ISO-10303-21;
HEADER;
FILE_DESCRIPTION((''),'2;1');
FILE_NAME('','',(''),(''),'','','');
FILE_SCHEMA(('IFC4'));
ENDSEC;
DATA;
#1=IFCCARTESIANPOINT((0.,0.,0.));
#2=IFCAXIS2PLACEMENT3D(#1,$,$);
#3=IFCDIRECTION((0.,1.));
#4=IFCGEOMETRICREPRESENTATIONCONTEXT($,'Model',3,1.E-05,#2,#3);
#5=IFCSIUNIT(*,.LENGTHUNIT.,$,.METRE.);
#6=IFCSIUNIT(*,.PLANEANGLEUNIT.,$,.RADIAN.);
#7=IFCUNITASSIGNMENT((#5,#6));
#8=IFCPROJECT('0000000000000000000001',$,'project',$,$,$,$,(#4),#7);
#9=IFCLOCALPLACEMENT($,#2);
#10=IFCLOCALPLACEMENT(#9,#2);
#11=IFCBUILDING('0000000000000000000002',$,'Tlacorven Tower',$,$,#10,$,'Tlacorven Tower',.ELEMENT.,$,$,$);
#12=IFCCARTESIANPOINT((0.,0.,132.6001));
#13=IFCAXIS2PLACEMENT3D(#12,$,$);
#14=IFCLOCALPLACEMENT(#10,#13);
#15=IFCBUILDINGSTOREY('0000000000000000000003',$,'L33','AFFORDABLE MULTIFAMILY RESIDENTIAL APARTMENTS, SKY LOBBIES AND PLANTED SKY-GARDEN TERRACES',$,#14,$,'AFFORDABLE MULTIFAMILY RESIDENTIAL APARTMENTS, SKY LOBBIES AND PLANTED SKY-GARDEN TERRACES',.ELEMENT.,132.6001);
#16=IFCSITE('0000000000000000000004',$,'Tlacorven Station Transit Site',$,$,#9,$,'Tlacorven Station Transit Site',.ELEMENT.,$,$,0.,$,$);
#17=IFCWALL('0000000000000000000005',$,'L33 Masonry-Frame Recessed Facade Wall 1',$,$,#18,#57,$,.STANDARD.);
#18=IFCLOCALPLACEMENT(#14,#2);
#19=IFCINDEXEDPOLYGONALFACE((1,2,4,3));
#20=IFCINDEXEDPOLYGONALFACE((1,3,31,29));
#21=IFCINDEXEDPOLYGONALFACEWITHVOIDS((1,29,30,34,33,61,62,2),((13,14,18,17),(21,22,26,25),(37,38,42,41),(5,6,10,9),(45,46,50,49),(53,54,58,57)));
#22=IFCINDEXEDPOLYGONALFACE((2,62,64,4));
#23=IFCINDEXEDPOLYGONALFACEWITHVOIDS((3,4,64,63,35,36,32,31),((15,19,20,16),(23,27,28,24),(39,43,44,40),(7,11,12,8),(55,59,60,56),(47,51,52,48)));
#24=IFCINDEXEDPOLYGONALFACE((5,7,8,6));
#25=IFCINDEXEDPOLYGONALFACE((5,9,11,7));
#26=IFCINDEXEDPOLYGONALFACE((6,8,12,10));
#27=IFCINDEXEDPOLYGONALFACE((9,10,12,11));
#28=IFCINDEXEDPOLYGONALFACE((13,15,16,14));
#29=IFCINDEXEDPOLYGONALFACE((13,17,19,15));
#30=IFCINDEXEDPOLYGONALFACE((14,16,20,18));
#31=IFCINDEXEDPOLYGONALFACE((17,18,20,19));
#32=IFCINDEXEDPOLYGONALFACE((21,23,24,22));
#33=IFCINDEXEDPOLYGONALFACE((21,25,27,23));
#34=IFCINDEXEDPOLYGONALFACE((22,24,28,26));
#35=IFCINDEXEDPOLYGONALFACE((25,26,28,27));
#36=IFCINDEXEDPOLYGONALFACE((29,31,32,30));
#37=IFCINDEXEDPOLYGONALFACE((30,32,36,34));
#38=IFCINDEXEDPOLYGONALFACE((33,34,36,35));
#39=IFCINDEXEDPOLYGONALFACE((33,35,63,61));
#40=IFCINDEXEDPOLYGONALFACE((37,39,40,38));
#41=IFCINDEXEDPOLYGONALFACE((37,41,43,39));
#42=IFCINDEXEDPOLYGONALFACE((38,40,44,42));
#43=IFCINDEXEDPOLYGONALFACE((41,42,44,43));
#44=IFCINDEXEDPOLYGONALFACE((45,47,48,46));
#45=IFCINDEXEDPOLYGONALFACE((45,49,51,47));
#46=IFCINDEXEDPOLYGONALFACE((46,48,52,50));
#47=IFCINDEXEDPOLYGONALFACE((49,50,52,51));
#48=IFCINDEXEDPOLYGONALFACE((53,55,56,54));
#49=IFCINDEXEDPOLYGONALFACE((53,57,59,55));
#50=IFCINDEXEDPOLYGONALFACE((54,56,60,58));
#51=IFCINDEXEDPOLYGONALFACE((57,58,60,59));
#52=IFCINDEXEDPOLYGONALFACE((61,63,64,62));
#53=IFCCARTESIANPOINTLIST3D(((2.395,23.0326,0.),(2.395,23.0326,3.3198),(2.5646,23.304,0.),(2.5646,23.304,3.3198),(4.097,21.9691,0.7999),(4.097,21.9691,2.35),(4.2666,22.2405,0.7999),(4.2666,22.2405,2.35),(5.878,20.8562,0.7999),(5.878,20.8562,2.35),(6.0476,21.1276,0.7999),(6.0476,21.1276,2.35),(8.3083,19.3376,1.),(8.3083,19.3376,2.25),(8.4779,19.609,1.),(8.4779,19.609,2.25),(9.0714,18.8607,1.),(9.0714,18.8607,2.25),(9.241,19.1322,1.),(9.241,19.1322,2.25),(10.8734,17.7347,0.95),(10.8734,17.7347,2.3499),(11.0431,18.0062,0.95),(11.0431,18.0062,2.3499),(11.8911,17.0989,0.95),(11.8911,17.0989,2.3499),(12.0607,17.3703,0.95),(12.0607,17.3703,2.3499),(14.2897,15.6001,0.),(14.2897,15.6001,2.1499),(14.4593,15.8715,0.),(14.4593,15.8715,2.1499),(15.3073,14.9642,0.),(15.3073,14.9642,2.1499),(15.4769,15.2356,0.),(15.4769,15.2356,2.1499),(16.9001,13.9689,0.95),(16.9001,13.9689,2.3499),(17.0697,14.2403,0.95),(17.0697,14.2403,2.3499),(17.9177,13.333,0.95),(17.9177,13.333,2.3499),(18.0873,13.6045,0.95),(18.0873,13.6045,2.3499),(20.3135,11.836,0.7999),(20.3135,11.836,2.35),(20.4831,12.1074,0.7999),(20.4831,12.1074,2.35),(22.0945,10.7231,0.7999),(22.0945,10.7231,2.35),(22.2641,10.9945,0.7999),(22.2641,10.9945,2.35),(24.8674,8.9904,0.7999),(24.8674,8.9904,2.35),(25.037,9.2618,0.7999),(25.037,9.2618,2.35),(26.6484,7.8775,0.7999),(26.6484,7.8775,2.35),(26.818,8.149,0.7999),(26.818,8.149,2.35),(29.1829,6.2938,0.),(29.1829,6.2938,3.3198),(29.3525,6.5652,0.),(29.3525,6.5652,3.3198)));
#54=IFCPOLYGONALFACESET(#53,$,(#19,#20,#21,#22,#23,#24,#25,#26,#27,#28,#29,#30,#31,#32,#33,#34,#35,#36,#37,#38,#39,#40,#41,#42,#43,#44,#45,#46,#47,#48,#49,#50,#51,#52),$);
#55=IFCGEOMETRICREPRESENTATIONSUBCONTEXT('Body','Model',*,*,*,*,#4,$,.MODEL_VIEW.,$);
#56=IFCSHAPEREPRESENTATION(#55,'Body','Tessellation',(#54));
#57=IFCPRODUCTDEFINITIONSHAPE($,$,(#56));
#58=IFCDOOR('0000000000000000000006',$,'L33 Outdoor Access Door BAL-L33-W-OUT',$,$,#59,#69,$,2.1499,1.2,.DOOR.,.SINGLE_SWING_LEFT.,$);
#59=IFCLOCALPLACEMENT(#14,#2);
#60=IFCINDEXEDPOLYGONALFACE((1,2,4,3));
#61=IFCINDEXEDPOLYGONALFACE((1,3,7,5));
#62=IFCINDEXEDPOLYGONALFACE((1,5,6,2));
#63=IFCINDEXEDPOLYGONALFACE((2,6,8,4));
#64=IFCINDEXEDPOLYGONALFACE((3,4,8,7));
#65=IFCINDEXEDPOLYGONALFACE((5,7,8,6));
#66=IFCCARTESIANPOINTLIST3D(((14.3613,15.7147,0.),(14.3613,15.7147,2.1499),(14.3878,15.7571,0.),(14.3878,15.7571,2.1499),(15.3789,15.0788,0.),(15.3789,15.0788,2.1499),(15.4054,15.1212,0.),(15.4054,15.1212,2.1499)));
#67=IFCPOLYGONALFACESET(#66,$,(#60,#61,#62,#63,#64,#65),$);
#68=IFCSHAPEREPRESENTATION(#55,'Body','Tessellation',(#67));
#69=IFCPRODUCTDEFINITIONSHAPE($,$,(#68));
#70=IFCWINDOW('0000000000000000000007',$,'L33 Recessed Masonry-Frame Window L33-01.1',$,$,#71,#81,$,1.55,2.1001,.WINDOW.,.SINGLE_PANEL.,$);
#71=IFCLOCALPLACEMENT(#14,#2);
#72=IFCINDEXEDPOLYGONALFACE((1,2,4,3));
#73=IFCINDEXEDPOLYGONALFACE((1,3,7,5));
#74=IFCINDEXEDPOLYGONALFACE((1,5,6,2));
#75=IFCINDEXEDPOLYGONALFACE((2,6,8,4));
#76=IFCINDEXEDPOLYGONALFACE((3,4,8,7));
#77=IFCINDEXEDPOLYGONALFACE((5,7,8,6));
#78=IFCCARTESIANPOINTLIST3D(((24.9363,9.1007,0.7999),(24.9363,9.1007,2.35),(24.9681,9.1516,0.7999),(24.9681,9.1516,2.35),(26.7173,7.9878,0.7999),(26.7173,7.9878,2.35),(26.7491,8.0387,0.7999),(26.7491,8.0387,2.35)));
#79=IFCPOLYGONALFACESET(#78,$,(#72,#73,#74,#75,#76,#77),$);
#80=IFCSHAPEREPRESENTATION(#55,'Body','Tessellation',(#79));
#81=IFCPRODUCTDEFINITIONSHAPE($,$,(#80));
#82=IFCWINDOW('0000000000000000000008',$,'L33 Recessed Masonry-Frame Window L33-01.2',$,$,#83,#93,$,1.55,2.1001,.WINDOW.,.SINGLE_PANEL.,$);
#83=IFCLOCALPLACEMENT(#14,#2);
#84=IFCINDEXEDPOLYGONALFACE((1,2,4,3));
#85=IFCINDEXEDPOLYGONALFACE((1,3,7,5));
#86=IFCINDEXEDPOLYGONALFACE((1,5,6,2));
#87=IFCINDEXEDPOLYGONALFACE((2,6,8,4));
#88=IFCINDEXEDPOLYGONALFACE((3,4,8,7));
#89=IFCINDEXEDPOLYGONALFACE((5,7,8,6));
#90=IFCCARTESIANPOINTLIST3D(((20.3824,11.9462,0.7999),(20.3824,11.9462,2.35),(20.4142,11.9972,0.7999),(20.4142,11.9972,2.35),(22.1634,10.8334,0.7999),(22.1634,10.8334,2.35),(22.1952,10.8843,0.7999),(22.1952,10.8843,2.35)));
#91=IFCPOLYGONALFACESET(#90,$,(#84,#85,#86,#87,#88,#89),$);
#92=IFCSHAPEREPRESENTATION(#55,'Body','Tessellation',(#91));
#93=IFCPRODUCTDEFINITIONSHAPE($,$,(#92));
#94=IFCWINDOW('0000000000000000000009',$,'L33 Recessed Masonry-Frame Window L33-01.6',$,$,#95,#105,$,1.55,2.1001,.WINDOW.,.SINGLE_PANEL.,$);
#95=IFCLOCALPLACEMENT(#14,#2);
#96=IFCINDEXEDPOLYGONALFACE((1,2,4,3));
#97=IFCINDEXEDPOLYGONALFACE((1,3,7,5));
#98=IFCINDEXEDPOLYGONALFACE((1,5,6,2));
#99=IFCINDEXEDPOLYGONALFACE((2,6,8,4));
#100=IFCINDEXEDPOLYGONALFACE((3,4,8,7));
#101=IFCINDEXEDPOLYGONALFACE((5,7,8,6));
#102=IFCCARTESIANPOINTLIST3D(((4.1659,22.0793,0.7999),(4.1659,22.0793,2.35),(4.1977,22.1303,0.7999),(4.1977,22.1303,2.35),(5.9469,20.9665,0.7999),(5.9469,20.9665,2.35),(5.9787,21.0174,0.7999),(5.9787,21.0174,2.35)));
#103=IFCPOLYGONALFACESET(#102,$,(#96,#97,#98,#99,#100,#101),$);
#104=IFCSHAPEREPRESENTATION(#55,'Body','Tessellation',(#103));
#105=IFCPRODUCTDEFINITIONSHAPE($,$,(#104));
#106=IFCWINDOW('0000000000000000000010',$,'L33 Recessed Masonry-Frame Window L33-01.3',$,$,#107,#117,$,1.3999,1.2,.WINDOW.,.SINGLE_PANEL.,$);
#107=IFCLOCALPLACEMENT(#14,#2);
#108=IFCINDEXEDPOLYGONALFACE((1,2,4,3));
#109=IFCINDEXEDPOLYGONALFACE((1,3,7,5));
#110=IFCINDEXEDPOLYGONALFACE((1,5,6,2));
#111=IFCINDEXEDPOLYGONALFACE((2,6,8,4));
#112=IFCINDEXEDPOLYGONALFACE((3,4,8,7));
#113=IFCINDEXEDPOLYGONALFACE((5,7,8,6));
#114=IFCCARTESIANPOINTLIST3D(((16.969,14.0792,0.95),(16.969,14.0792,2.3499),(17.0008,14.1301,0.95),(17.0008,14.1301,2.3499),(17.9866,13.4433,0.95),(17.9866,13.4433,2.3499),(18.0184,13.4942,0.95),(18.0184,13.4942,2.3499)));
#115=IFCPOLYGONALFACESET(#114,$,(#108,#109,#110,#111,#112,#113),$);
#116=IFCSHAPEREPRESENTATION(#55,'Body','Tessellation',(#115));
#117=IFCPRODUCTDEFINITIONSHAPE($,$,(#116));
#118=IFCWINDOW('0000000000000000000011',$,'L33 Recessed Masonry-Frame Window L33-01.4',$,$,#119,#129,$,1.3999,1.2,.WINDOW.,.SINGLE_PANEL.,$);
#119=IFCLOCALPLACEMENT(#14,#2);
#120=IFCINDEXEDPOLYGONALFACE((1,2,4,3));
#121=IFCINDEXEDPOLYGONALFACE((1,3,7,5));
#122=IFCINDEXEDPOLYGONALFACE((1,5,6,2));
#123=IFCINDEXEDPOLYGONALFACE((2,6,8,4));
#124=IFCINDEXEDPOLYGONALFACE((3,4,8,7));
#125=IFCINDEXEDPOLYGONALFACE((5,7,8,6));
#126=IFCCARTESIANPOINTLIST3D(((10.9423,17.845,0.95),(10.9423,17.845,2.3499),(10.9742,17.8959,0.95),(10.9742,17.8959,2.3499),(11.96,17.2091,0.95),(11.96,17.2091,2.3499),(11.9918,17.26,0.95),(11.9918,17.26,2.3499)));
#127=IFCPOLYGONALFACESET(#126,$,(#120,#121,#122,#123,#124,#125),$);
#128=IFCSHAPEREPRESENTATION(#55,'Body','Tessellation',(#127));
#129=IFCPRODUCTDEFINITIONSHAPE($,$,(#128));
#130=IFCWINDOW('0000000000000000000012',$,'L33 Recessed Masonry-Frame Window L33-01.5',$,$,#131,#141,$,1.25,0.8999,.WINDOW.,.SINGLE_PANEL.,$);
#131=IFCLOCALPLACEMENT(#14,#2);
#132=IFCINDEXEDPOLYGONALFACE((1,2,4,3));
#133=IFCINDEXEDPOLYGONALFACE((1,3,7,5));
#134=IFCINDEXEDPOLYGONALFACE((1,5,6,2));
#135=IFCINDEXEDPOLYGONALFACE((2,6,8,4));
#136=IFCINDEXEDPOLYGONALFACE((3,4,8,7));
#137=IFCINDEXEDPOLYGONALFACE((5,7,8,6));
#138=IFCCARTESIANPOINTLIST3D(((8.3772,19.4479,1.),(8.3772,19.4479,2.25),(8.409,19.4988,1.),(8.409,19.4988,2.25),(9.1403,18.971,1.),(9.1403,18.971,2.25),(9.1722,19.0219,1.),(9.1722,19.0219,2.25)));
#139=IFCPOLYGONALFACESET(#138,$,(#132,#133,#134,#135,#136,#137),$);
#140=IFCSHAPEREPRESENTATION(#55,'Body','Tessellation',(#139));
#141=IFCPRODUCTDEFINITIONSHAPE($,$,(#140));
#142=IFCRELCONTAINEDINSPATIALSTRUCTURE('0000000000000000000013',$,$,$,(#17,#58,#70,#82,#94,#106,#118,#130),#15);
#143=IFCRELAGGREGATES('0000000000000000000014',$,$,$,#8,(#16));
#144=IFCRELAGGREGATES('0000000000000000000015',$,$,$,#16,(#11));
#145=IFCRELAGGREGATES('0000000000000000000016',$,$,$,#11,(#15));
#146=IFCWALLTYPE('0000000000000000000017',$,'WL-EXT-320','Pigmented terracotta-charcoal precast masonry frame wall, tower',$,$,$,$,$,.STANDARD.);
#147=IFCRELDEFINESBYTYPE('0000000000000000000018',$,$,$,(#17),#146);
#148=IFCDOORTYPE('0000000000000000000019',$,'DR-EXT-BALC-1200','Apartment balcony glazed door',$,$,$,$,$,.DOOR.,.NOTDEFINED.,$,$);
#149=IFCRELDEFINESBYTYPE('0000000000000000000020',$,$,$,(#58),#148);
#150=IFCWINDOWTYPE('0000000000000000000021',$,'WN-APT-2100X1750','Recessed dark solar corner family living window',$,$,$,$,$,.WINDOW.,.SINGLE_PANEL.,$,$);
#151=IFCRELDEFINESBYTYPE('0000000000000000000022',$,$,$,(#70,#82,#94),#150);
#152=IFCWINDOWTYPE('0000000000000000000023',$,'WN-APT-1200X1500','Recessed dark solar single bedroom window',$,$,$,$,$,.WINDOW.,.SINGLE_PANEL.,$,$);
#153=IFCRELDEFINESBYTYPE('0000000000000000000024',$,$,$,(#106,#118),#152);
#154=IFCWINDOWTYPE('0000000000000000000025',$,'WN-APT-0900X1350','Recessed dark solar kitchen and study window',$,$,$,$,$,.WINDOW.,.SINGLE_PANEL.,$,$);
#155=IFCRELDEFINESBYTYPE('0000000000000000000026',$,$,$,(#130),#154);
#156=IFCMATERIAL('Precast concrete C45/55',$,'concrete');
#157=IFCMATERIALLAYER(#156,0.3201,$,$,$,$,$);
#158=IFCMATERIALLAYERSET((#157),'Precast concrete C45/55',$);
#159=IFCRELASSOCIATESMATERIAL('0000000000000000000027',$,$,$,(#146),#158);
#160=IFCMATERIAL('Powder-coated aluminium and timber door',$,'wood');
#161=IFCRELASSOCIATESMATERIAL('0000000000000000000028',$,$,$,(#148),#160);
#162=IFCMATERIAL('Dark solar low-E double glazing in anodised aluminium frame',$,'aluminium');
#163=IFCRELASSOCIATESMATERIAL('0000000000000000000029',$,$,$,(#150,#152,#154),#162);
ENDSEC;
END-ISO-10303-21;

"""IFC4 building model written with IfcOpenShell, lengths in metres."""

from ifc_helpers import new_model, si_unit, direction, frame, frame_2d, origin, place, context, subcontext, project, spatial, rectangle, extrude, source, transform, mapped, material, layer, layer_set, type_object, element, fill, save


model = new_model("IFC4")

# Units and contexts
model_context = context("Model", 3, precision=1e-05, world=origin(), true_north=direction((0.0, 1.0)))
body_context = subcontext(model_context, "Body", "Model", "MODEL_VIEW")
ifc_project = project(units=[si_unit("LENGTHUNIT", "METRE"), si_unit("PLANEANGLEUNIT", "RADIAN")], contexts=[model_context])

# Site, building, storey
site_placement = place(None, origin())
site = spatial("IfcSite", under=ifc_project, at=site_placement, Name="Tlacorven Station Transit Site", LongName="Tlacorven Station Transit Site", CompositionType="ELEMENT", RefElevation=0.0)
building_placement = place(site_placement, origin())
building = spatial("IfcBuilding", under=site, at=building_placement, Name="Tlacorven Tower", LongName="Tlacorven Tower", CompositionType="ELEMENT")
storey_placement = place(building_placement, frame((0.0, 0.0, 132.6001)))
storey = spatial("IfcBuildingStorey", under=building, at=storey_placement, Name="L33", Description="AFFORDABLE MULTIFAMILY RESIDENTIAL APARTMENTS, SKY LOBBIES AND PLANTED SKY-GARDEN TERRACES", LongName="AFFORDABLE MULTIFAMILY RESIDENTIAL APARTMENTS, SKY LOBBIES AND PLANTED SKY-GARDEN TERRACES", CompositionType="ELEMENT", Elevation=132.6001)

# Wall, openings, door, windows
ifc_material_1 = material(Name="Precast concrete C45/55", Category="concrete")
ifc_layer_1 = layer(ifc_material_1, 0.3201)
ifc_layer_set_1 = layer_set([ifc_layer_1], Name="Precast concrete C45/55")
wall_type_1 = type_object("IfcWallType", Name="WL-EXT-320", Description="Pigmented terracotta-charcoal precast masonry frame wall, tower", PredefinedType="STANDARD", material=ifc_layer_set_1)
wall_1_placement = place(storey_placement, frame((29.2678, 6.4294, 0.0), z_axis=(0.0, 0.0, 1.0), x_axis=(-0.84805, 0.529916, 0.0)))
wall_1 = element("IfcWall", 1, at=wall_1_placement, inside=storey, type_object=wall_type_1, Name="L33 Masonry-Frame Recessed Facade Wall 1", PredefinedType="STANDARD", context=body_context, shape_type="SweptSolid", body=[
    extrude(rectangle(XDim=31.5876, YDim=0.3201, at=frame_2d((15.7939, 0.0))), origin(), (0.0, 0.0, 1.0), 3.3198),
])
opening_1_placement = place(wall_1_placement, frame((16.3618, 0.0, 0.0)))
opening_1 = element("IfcOpeningElement", 2, at=opening_1_placement, cuts=wall_1, PredefinedType="OPENING", context=body_context, shape_type="SweptSolid", body=[
    extrude(rectangle(XDim=1.2, YDim=2.1499, at=frame_2d((0.6001, 1.075))), frame((0.0, 0.1699, 0.0), z_axis=(0.0, -1.0, 0.0), x_axis=(1.0, 0.0, 0.0)), (0.0, 0.0, 1.0), 0.3401),
])
opening_2_placement = place(wall_1_placement, frame((2.9888, 0.0, 0.8)))
opening_2 = element("IfcOpeningElement", 3, at=opening_2_placement, cuts=wall_1, PredefinedType="OPENING", context=body_context, shape_type="SweptSolid", body=[
    extrude(rectangle(XDim=2.1001, YDim=1.55, at=frame_2d((1.05, 0.7749))), frame((0.0, 0.1699, 0.0), z_axis=(0.0, -1.0, 0.0), x_axis=(1.0, 0.0, 0.0)), (0.0, 0.0, 1.0), 0.3401),
])
opening_3_placement = place(wall_1_placement, frame((8.3586, 0.0, 0.8)))
opening_3 = element("IfcOpeningElement", 4, at=opening_3_placement, cuts=wall_1, PredefinedType="OPENING", context=body_context, shape_type="SweptSolid", body=[
    extrude(rectangle(XDim=2.1001, YDim=1.55, at=frame_2d((1.05, 0.7749))), frame((0.0, 0.1699, 0.0), z_axis=(0.0, -1.0, 0.0), x_axis=(1.0, 0.0, 0.0)), (0.0, 0.0, 1.0), 0.3401),
])
opening_4_placement = place(wall_1_placement, frame((13.2837, 0.0, 0.95)))
opening_4 = element("IfcOpeningElement", 5, at=opening_4_placement, cuts=wall_1, PredefinedType="OPENING", context=body_context, shape_type="SweptSolid", body=[
    extrude(rectangle(XDim=1.2, YDim=1.3999, at=frame_2d((0.6001, 0.7))), frame((0.0, 0.1699, 0.0), z_axis=(0.0, -1.0, 0.0), x_axis=(1.0, 0.0, 0.0)), (0.0, 0.0, 1.0), 0.3401),
])
opening_5_placement = place(wall_1_placement, frame((20.3901, 0.0, 0.95)))
opening_5 = element("IfcOpeningElement", 6, at=opening_5_placement, cuts=wall_1, PredefinedType="OPENING", context=body_context, shape_type="SweptSolid", body=[
    extrude(rectangle(XDim=1.2, YDim=1.3999, at=frame_2d((0.6001, 0.7))), frame((0.0, 0.1699, 0.0), z_axis=(0.0, -1.0, 0.0), x_axis=(1.0, 0.0, 0.0)), (0.0, 0.0, 1.0), 0.3401),
])
opening_6_placement = place(wall_1_placement, frame((23.7151, 0.0, 1.0)))
opening_6 = element("IfcOpeningElement", 7, at=opening_6_placement, cuts=wall_1, PredefinedType="OPENING", context=body_context, shape_type="SweptSolid", body=[
    extrude(rectangle(XDim=0.8999, YDim=1.25, at=frame_2d((0.45, 0.625))), frame((0.0, 0.1699, 0.0), z_axis=(0.0, -1.0, 0.0), x_axis=(1.0, 0.0, 0.0)), (0.0, 0.0, 1.0), 0.3401),
])
opening_7_placement = place(wall_1_placement, frame((27.4807, 0.0, 0.8)))
opening_7 = element("IfcOpeningElement", 8, at=opening_7_placement, cuts=wall_1, PredefinedType="OPENING", context=body_context, shape_type="SweptSolid", body=[
    extrude(rectangle(XDim=2.1001, YDim=1.55, at=frame_2d((1.05, 0.7749))), frame((0.0, 0.1699, 0.0), z_axis=(0.0, -1.0, 0.0), x_axis=(1.0, 0.0, 0.0)), (0.0, 0.0, 1.0), 0.3401),
])
ifc_material_2 = material(Name="Powder-coated aluminium and timber door", Category="wood")
door_type_1 = type_object("IfcDoorType", Name="DR-EXT-BALC-1200", Description="Apartment balcony glazed door", OperationType="NOTDEFINED", PredefinedType="DOOR", material=ifc_material_2)
shared_shape_1 = source(origin(), body_context, "Body", "SweptSolid", [
    extrude(rectangle(XDim=1.2, YDim=2.1499, at=frame_2d((0.6001, 1.075))), frame((0.0, 0.0249, 0.0), z_axis=(0.0, -1.0, 0.0), x_axis=(1.0, 0.0, 0.0)), (0.0, 0.0, 1.0), 0.05),
])
door_1_placement = place(opening_1_placement, origin())
door_1 = element("IfcDoor", 9, at=door_1_placement, inside=storey, type_object=door_type_1, Name="L33 Outdoor Access Door BAL-L33-W-OUT", OperationType="SINGLE_SWING_LEFT", OverallHeight=2.1499, OverallWidth=1.2, PredefinedType="DOOR", context=body_context, shape_type="MappedRepresentation", body=[
    mapped(shared_shape_1, transform((0.0, 0.0, 0.0), scale=1.0)),
])
fill(opening_1, door_1)
ifc_material_3 = material(Name="Dark solar low-E double glazing in anodised aluminium frame", Category="aluminium")
window_type_1 = type_object("IfcWindowType", Name="WN-APT-2100X1750", Description="Recessed dark solar corner family living window", PartitioningType="SINGLE_PANEL", PredefinedType="WINDOW", material=ifc_material_3)
shared_shape_2 = source(origin(), body_context, "Body", "SweptSolid", [
    extrude(rectangle(XDim=2.1001, YDim=1.55, at=frame_2d((1.05, 0.7749))), frame((0.0, 0.03, 0.0), z_axis=(0.0, -1.0, 0.0), x_axis=(1.0, 0.0, 0.0)), (0.0, 0.0, 1.0), 0.0601),
])
window_1_placement = place(opening_2_placement, origin())
window_1 = element("IfcWindow", 10, at=window_1_placement, inside=storey, type_object=window_type_1, Name="L33 Recessed Masonry-Frame Window L33-01.1", OverallHeight=1.55, OverallWidth=2.1001, PartitioningType="SINGLE_PANEL", PredefinedType="WINDOW", context=body_context, shape_type="MappedRepresentation", body=[
    mapped(shared_shape_2, transform((0.0, 0.0, 0.0), scale=1.0)),
])
fill(opening_2, window_1)
window_2_placement = place(opening_3_placement, origin())
window_2 = element("IfcWindow", 11, at=window_2_placement, inside=storey, type_object=window_type_1, Name="L33 Recessed Masonry-Frame Window L33-01.2", OverallHeight=1.55, OverallWidth=2.1001, PartitioningType="SINGLE_PANEL", PredefinedType="WINDOW", context=body_context, shape_type="MappedRepresentation", body=[
    mapped(shared_shape_2, transform((0.0, 0.0, 0.0), scale=1.0)),
])
fill(opening_3, window_2)
window_3_placement = place(opening_7_placement, origin())
window_3 = element("IfcWindow", 12, at=window_3_placement, inside=storey, type_object=window_type_1, Name="L33 Recessed Masonry-Frame Window L33-01.6", OverallHeight=1.55, OverallWidth=2.1001, PartitioningType="SINGLE_PANEL", PredefinedType="WINDOW", context=body_context, shape_type="MappedRepresentation", body=[
    mapped(shared_shape_2, transform((0.0, 0.0, 0.0), scale=1.0)),
])
fill(opening_7, window_3)
window_type_2 = type_object("IfcWindowType", Name="WN-APT-1200X1500", Description="Recessed dark solar single bedroom window", PartitioningType="SINGLE_PANEL", PredefinedType="WINDOW", material=ifc_material_3)
shared_shape_3 = source(origin(), body_context, "Body", "SweptSolid", [
    extrude(rectangle(XDim=1.2, YDim=1.3999, at=frame_2d((0.6001, 0.7))), frame((0.0, 0.03, 0.0), z_axis=(0.0, -1.0, 0.0), x_axis=(1.0, 0.0, 0.0)), (0.0, 0.0, 1.0), 0.0601),
])
window_4_placement = place(opening_4_placement, origin())
window_4 = element("IfcWindow", 13, at=window_4_placement, inside=storey, type_object=window_type_2, Name="L33 Recessed Masonry-Frame Window L33-01.3", OverallHeight=1.3999, OverallWidth=1.2, PartitioningType="SINGLE_PANEL", PredefinedType="WINDOW", context=body_context, shape_type="MappedRepresentation", body=[
    mapped(shared_shape_3, transform((0.0, 0.0, 0.0), scale=1.0)),
])
fill(opening_4, window_4)
window_5_placement = place(opening_5_placement, origin())
window_5 = element("IfcWindow", 14, at=window_5_placement, inside=storey, type_object=window_type_2, Name="L33 Recessed Masonry-Frame Window L33-01.4", OverallHeight=1.3999, OverallWidth=1.2, PartitioningType="SINGLE_PANEL", PredefinedType="WINDOW", context=body_context, shape_type="MappedRepresentation", body=[
    mapped(shared_shape_3, transform((0.0, 0.0, 0.0), scale=1.0)),
])
fill(opening_5, window_5)
window_type_3 = type_object("IfcWindowType", Name="WN-APT-0900X1350", Description="Recessed dark solar kitchen and study window", PartitioningType="SINGLE_PANEL", PredefinedType="WINDOW", material=ifc_material_3)
shared_shape_4 = source(origin(), body_context, "Body", "SweptSolid", [
    extrude(rectangle(XDim=0.8999, YDim=1.25, at=frame_2d((0.45, 0.625))), frame((0.0, 0.03, 0.0), z_axis=(0.0, -1.0, 0.0), x_axis=(1.0, 0.0, 0.0)), (0.0, 0.0, 1.0), 0.0601),
])
window_6_placement = place(opening_6_placement, origin())
window_6 = element("IfcWindow", 15, at=window_6_placement, inside=storey, type_object=window_type_3, Name="L33 Recessed Masonry-Frame Window L33-01.5", OverallHeight=1.25, OverallWidth=0.8999, PartitioningType="SINGLE_PANEL", PredefinedType="WINDOW", context=body_context, shape_type="MappedRepresentation", body=[
    mapped(shared_shape_4, transform((0.0, 0.0, 0.0), scale=1.0)),
])
fill(opening_6, window_6)

save(model, "model.ifc")
